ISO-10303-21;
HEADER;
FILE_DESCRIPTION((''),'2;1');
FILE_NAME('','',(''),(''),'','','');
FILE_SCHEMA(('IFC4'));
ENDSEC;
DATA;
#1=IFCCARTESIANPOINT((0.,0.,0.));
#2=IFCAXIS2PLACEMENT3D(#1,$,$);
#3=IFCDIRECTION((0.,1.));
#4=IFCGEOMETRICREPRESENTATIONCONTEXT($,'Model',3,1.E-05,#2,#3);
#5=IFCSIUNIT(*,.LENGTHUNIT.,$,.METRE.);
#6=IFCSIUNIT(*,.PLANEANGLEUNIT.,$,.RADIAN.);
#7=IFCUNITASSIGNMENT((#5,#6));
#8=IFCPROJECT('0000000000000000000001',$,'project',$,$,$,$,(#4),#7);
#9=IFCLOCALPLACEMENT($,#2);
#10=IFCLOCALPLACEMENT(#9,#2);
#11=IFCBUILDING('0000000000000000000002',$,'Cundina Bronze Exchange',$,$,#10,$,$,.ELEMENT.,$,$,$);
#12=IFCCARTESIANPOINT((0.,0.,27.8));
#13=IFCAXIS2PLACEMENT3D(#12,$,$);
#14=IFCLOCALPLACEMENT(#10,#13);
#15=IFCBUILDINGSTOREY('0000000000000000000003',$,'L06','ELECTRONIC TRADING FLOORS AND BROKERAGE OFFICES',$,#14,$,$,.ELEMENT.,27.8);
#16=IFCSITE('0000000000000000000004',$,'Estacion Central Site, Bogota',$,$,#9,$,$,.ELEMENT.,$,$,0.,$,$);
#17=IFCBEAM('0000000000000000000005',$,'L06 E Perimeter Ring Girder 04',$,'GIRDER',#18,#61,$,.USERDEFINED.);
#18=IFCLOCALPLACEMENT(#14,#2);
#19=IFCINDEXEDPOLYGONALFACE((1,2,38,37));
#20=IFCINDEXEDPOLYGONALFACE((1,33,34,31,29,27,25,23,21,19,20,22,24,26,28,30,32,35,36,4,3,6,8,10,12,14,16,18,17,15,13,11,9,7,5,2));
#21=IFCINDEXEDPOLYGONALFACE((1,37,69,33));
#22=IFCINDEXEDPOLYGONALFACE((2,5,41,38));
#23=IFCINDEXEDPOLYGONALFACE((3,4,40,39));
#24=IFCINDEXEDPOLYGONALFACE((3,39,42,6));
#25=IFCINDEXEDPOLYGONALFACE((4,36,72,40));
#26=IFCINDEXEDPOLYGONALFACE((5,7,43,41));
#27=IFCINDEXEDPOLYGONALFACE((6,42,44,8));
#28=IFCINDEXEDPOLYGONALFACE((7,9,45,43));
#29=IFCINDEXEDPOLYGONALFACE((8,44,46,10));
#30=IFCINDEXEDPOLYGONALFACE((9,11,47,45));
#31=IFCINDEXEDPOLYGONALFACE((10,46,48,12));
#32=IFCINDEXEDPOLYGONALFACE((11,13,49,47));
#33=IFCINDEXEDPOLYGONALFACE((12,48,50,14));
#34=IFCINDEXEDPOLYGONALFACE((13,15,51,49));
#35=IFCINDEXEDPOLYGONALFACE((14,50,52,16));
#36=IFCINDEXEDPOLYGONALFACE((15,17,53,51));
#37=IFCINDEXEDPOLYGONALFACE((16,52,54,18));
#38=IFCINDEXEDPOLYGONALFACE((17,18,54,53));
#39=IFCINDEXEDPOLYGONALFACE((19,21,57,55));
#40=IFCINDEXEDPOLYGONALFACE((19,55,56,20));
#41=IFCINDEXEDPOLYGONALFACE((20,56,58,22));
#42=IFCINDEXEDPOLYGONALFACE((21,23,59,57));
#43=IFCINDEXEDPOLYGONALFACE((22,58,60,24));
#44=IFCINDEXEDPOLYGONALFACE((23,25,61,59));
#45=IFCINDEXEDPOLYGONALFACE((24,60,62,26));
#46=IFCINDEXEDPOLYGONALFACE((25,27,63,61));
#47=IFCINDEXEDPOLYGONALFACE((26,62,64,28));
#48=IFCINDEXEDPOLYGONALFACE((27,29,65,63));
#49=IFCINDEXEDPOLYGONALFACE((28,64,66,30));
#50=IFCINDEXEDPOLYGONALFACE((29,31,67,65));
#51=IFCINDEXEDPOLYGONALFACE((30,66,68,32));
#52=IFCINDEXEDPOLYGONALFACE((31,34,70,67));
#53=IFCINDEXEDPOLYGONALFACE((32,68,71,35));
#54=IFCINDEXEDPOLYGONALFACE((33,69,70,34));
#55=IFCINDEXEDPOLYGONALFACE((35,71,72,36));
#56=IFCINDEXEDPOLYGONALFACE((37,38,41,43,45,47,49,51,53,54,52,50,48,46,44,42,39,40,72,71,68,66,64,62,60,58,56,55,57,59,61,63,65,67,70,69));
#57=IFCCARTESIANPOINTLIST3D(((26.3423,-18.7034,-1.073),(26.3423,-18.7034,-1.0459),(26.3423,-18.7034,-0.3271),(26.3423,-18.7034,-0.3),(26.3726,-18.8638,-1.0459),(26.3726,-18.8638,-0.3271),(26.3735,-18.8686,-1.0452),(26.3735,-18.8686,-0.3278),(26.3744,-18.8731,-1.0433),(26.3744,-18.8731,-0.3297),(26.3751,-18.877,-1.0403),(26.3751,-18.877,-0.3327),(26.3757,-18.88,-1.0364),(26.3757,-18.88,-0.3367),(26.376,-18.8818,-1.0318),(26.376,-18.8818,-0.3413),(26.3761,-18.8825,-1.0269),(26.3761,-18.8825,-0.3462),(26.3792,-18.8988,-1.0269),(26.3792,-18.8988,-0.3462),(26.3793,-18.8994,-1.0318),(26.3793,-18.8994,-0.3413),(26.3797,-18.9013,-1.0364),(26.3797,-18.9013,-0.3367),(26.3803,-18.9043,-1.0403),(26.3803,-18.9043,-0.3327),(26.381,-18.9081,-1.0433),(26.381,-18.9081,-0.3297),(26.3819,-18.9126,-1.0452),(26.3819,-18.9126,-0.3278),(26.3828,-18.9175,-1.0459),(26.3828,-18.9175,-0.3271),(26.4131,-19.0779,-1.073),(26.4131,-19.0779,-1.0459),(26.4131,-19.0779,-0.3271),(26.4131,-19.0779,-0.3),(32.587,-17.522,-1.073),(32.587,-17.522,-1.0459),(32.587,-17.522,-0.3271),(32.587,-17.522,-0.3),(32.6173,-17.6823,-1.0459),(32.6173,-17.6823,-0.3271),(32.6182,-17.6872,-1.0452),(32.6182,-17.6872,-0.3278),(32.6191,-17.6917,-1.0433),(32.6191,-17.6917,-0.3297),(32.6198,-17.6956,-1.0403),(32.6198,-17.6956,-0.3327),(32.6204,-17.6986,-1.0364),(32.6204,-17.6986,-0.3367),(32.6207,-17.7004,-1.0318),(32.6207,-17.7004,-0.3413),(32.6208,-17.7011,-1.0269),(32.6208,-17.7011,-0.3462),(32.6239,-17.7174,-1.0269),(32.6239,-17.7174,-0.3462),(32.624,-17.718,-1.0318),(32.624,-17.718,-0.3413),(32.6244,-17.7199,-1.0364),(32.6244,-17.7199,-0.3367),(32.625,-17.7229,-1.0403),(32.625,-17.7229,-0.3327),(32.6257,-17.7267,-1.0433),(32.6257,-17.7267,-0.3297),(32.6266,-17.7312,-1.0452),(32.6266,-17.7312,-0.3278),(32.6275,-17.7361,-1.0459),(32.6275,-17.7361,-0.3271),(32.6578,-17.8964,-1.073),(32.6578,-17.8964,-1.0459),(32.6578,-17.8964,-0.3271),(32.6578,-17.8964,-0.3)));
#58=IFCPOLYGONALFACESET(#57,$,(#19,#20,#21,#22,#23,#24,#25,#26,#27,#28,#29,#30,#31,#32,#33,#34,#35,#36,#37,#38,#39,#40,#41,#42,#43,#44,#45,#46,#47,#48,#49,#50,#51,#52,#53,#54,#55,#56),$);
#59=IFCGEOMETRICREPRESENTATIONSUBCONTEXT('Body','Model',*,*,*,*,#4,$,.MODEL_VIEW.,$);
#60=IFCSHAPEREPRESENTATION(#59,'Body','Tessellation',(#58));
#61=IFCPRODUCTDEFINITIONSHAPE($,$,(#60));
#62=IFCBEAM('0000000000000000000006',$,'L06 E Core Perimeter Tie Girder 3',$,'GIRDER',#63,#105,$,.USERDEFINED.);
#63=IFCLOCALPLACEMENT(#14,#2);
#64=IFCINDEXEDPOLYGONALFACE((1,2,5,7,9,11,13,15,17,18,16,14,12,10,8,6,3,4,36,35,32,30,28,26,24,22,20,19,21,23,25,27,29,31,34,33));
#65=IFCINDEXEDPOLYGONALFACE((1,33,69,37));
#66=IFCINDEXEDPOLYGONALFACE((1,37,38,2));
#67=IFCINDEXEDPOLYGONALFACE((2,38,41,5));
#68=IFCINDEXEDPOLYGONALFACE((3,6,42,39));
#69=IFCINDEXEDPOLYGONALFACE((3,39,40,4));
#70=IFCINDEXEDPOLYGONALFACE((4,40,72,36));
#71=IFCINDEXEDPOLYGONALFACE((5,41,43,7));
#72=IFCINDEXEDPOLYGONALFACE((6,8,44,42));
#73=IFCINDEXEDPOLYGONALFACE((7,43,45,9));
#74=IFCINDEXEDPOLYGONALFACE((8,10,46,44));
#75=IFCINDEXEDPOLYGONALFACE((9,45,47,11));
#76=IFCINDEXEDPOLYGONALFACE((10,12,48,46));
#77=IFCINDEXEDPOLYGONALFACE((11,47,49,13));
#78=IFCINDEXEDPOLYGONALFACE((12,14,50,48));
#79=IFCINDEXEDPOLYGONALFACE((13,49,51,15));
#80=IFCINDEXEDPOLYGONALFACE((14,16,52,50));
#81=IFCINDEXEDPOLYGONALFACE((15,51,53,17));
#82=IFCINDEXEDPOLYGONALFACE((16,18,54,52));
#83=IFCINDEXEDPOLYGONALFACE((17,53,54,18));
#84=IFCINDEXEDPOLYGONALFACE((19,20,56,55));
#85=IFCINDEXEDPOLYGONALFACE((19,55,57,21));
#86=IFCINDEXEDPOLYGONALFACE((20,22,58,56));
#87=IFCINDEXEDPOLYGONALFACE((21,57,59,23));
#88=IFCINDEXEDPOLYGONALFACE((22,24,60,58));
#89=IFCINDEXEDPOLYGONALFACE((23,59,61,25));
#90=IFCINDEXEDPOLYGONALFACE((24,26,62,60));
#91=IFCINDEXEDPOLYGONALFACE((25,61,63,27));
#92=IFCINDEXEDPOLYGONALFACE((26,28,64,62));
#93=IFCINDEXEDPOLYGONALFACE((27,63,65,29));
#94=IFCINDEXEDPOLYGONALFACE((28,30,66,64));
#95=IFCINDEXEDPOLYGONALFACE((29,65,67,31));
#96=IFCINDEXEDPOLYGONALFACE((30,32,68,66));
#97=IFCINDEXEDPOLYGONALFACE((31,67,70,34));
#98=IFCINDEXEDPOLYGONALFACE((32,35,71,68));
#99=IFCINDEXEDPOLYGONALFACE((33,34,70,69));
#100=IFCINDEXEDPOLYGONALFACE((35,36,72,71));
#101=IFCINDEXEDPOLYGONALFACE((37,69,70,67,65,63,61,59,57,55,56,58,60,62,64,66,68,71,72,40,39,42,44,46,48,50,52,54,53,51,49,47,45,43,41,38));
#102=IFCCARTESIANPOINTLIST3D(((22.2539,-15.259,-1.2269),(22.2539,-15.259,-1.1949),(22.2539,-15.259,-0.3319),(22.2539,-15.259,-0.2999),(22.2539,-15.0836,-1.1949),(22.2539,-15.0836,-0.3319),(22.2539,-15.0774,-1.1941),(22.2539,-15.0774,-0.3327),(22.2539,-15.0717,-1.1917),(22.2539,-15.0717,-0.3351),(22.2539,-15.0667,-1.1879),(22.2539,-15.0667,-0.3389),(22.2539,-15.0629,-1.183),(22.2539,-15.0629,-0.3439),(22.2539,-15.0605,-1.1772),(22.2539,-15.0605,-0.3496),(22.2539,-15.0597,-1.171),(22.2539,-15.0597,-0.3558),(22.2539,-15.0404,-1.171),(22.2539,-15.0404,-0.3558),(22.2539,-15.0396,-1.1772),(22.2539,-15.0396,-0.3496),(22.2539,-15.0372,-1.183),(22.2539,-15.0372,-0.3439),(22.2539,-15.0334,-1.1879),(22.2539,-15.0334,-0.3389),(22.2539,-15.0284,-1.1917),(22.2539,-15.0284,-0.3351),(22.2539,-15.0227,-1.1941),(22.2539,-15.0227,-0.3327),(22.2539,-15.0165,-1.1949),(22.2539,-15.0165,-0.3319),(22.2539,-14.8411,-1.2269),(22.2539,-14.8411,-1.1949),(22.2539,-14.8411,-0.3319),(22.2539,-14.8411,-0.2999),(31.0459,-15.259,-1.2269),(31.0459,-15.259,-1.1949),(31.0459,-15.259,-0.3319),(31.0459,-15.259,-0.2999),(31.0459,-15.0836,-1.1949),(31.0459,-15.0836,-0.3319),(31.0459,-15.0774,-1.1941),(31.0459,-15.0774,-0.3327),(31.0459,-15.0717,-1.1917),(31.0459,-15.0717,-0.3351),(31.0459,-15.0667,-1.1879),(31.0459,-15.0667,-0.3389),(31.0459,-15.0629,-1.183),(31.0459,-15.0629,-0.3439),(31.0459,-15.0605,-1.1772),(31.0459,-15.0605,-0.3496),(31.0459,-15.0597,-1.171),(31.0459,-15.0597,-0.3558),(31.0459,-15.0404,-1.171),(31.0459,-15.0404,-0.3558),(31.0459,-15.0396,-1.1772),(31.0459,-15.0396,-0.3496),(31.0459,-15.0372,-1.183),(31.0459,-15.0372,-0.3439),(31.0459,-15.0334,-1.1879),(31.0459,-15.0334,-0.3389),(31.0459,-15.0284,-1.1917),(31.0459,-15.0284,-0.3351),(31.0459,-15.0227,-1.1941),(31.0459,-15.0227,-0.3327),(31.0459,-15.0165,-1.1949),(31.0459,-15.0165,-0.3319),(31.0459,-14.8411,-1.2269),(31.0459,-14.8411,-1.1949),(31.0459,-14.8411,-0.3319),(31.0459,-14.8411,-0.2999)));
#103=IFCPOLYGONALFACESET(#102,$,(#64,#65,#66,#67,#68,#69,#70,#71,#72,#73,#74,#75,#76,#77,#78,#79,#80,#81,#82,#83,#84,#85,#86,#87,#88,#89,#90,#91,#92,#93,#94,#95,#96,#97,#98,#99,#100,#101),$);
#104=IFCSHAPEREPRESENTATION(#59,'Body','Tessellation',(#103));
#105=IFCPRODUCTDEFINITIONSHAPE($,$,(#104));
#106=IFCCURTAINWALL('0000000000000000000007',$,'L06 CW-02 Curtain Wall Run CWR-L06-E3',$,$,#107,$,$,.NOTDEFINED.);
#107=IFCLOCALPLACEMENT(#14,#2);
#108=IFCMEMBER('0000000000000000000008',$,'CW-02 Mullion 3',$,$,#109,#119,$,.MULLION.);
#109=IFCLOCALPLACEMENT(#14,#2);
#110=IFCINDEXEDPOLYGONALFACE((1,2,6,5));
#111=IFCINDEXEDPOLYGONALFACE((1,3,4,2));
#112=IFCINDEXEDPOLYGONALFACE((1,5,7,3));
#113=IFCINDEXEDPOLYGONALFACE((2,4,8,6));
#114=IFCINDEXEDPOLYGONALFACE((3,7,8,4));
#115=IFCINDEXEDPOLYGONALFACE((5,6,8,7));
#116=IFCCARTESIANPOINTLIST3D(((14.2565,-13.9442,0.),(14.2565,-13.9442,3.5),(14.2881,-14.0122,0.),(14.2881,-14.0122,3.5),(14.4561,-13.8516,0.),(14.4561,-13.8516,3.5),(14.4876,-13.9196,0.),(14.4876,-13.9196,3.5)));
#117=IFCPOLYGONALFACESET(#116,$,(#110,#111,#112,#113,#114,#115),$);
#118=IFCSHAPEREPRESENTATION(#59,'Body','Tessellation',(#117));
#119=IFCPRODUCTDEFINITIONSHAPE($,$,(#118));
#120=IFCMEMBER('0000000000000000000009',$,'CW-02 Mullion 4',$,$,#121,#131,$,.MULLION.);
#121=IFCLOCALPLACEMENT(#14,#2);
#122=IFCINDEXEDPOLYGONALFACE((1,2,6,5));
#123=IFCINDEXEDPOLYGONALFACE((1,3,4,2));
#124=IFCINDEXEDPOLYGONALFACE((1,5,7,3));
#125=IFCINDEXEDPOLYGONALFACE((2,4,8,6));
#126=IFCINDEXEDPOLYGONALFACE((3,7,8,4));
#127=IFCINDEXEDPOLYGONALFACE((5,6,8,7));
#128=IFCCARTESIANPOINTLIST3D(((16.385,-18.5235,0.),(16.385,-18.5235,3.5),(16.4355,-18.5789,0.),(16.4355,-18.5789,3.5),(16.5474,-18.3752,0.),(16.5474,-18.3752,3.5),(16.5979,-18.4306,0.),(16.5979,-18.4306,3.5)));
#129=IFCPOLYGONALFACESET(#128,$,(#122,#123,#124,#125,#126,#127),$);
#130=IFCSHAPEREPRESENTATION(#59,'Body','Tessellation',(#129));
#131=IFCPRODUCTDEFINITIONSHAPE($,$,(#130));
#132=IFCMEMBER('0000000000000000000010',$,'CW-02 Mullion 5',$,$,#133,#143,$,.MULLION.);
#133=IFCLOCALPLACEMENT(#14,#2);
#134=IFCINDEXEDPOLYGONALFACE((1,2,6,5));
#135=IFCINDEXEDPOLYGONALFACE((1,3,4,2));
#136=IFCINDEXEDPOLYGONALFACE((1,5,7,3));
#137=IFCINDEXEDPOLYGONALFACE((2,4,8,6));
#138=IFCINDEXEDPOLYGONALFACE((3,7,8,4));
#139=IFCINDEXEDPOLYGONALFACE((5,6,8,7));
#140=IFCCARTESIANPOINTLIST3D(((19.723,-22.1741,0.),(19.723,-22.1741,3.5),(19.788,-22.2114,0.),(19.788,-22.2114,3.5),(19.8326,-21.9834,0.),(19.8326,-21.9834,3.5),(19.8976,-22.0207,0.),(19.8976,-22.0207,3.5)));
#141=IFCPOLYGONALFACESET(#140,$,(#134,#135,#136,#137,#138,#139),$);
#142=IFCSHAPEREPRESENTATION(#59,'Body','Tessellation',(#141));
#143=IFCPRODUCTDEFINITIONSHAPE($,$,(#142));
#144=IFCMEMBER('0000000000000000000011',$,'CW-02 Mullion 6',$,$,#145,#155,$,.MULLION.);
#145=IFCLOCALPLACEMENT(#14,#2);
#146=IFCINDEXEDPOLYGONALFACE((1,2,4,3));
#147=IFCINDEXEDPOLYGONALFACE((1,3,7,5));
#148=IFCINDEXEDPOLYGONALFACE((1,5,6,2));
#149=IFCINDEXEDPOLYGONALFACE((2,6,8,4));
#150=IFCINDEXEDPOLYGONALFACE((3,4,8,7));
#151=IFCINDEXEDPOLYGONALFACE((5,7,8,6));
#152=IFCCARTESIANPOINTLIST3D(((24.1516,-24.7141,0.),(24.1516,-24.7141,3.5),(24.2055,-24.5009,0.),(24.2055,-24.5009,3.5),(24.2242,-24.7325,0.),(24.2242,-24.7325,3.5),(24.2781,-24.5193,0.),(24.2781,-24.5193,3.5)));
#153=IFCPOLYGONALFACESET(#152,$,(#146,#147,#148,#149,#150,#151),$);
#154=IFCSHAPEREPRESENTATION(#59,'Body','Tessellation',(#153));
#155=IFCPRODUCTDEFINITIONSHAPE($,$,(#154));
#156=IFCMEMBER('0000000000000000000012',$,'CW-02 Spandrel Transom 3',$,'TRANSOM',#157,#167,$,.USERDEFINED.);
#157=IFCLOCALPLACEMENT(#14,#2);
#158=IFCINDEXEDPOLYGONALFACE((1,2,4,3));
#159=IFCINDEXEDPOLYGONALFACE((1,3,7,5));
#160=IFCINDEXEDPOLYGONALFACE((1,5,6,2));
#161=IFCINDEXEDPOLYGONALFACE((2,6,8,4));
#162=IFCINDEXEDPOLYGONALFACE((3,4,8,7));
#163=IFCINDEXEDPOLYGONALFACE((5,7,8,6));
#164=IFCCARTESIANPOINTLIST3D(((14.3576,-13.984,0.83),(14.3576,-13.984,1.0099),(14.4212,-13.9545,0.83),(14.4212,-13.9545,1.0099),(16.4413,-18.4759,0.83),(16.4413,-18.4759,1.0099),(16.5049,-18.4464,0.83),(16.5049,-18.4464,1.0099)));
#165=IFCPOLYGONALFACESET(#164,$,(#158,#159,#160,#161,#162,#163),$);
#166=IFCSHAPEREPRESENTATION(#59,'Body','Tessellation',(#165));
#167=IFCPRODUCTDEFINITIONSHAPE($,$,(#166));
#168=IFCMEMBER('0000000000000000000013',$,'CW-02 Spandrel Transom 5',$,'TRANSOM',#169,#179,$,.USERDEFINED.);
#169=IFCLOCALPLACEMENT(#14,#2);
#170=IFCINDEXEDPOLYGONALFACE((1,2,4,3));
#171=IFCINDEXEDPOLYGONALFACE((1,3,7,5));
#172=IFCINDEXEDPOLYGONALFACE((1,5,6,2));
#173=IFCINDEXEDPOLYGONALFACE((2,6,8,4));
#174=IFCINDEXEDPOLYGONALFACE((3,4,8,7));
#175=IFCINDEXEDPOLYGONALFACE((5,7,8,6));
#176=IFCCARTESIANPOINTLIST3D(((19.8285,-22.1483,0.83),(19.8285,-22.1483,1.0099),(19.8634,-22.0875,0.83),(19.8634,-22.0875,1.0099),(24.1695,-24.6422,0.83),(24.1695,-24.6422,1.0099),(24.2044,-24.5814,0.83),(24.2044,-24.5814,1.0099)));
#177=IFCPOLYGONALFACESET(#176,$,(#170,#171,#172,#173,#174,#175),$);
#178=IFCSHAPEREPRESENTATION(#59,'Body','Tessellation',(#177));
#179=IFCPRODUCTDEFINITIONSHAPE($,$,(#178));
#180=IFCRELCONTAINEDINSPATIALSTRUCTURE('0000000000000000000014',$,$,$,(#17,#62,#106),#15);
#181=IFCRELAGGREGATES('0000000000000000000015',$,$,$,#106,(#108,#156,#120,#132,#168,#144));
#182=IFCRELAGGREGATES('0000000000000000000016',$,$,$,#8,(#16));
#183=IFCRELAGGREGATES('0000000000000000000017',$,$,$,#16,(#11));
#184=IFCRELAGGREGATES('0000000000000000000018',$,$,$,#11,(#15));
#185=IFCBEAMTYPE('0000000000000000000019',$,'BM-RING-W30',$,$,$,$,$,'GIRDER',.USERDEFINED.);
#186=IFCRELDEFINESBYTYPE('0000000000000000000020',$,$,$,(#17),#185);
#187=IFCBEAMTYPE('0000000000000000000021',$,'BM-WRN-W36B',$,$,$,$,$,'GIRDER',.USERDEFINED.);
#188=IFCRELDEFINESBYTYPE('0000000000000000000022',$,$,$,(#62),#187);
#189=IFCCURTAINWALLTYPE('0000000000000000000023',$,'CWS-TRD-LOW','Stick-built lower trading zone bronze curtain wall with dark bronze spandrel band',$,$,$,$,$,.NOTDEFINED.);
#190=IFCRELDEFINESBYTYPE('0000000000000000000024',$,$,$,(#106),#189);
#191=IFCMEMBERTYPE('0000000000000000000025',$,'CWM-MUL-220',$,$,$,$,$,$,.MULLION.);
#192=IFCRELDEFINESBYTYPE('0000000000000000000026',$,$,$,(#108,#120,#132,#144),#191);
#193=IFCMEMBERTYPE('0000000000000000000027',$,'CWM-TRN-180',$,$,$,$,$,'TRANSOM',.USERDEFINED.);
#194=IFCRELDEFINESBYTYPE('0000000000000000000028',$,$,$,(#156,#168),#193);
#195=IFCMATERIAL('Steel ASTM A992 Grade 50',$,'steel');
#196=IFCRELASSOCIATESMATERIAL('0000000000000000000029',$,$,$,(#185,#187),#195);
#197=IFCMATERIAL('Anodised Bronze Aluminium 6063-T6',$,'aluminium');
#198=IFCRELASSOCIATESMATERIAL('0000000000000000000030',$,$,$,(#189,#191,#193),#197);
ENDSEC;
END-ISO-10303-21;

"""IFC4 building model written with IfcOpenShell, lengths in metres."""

from ifc_helpers import new_model, si_unit, direction, frame, origin, origin_2d, place, context, subcontext, project, spatial, rectangle, i_section, extrude, material, material_profile, profile_set, type_object, element, aggregate, save


model = new_model("IFC4")

# Units and contexts
model_context = context("Model", 3, precision=1e-05, world=origin(), true_north=direction((0.0, 1.0)))
body_context = subcontext(model_context, "Body", "Model", "MODEL_VIEW")
ifc_project = project(units=[si_unit("LENGTHUNIT", "METRE"), si_unit("PLANEANGLEUNIT", "RADIAN")], contexts=[model_context])

# Site, building, storey
site_placement = place(None, origin())
site = spatial("IfcSite", under=ifc_project, at=site_placement, Name="Estacion Central Site, Bogota", CompositionType="ELEMENT", RefElevation=0.0)
building_placement = place(site_placement, origin())
building = spatial("IfcBuilding", under=site, at=building_placement, Name="Cundina Bronze Exchange", CompositionType="ELEMENT")
storey_placement = place(building_placement, frame((0.0, 0.0, 27.8)))
storey = spatial("IfcBuildingStorey", under=building, at=storey_placement, Name="L06", Description="ELECTRONIC TRADING FLOORS AND BROKERAGE OFFICES", CompositionType="ELEMENT", Elevation=27.8)

# Shared definitions
ifc_material_1 = material(Name="Steel ASTM A992 Grade 50", Category="steel")

# Beams
ifc_material_profile_1 = material_profile(ifc_material_1, i_section(OverallWidth=0.3811, OverallDepth=0.7729, WebThickness=0.0166, FlangeThickness=0.0271, FilletRadius=0.019, at=origin_2d()), Name="W30X173", Category="steel")
ifc_profile_set_1 = profile_set([ifc_material_profile_1], Name="Steel ASTM A992 Grade 50")
beam_type_1 = type_object("IfcBeamType", Name="BM-RING-W30", ElementType="GIRDER", PredefinedType="USERDEFINED", material=ifc_profile_set_1)
beam_1_placement = place(storey_placement, frame((26.3777, -18.8906, -0.6865), z_axis=(0.982571, 0.185889, 0.0), x_axis=(-0.185889, 0.982571, 0.0)))
element("IfcBeam", 1, at=beam_1_placement, inside=storey, type_object=beam_type_1, Name="L06 E Perimeter Ring Girder 04", ObjectType="GIRDER", PredefinedType="USERDEFINED", context=body_context, shape_type="SweptSolid", body=[
    extrude(i_section(OverallWidth=0.3811, OverallDepth=0.7729, WebThickness=0.0166, FlangeThickness=0.0271, FilletRadius=0.019, at=origin_2d()), origin(), (0.0, 0.0, 1.0), 6.3555),
])
ifc_material_profile_2 = material_profile(ifc_material_1, i_section(OverallWidth=0.418, OverallDepth=0.927, WebThickness=0.0193, FlangeThickness=0.032, FilletRadius=0.0239, at=origin_2d()), Name="W36X231", Category="steel")
ifc_profile_set_2 = profile_set([ifc_material_profile_2], Name="Steel ASTM A992 Grade 50")
beam_type_2 = type_object("IfcBeamType", Name="BM-WRN-W36B", ElementType="GIRDER", PredefinedType="USERDEFINED", material=ifc_profile_set_2)
beam_2_placement = place(storey_placement, frame((22.2539, -15.05, -0.7634), z_axis=(1.0, 0.0, 0.0), x_axis=(0.0, 1.0, 0.0)))
element("IfcBeam", 2, at=beam_2_placement, inside=storey, type_object=beam_type_2, Name="L06 E Core Perimeter Tie Girder 3", ObjectType="GIRDER", PredefinedType="USERDEFINED", context=body_context, shape_type="SweptSolid", body=[
    extrude(i_section(OverallWidth=0.418, OverallDepth=0.927, WebThickness=0.0193, FlangeThickness=0.032, FilletRadius=0.0239, at=origin_2d()), origin(), (0.0, 0.0, 1.0), 8.792),
])

# Curtain wall, members
ifc_material_2 = material(Name="Anodised Bronze Aluminium 6063-T6", Category="aluminium")
curtain_wall_type = type_object("IfcCurtainWallType", Name="CWS-TRD-LOW", Description="Stick-built lower trading zone bronze curtain wall with dark bronze spandrel band", PredefinedType="NOTDEFINED", material=ifc_material_2)
curtain_wall_placement = place(storey_placement, origin())
curtain_wall = element("IfcCurtainWall", 3, at=curtain_wall_placement, inside=storey, type_object=curtain_wall_type, Name="L06 CW-02 Curtain Wall Run CWR-L06-E3", PredefinedType="NOTDEFINED")
ifc_material_profile_3 = material_profile(ifc_material_2, rectangle(XDim=0.075, YDim=0.22, at=origin_2d()), Name="AL75X220", Category="aluminium")
ifc_profile_set_3 = profile_set([ifc_material_profile_3], Name="Anodised Bronze Aluminium 6063-T6")
member_type_1 = type_object("IfcMemberType", Name="CWM-MUL-220", PredefinedType="MULLION", material=ifc_profile_set_3)
member_1_placement = place(storey_placement, frame((14.3721, -13.9319, 0.0), z_axis=(0.0, 0.0, 1.0), x_axis=(0.420877, -0.907117, 0.0)))
member_1 = element("IfcMember", 4, at=member_1_placement, type_object=member_type_1, Name="CW-02 Mullion 3", PredefinedType="MULLION", context=body_context, shape_type="SweptSolid", body=[
    extrude(rectangle(XDim=0.075, YDim=0.22, at=origin_2d()), origin(), (0.0, 0.0, 1.0), 3.5),
])
member_2_placement = place(storey_placement, frame((16.4915, -18.4771, 0.0), z_axis=(0.0, 0.0, 1.0), x_axis=(0.674302, -0.738455, 0.0)))
member_2 = element("IfcMember", 5, at=member_2_placement, type_object=member_type_1, Name="CW-02 Mullion 4", PredefinedType="MULLION", context=body_context, shape_type="SweptSolid", body=[
    extrude(rectangle(XDim=0.075, YDim=0.22, at=origin_2d()), origin(), (0.0, 0.0, 1.0), 3.5),
])
member_3_placement = place(storey_placement, frame((19.8103, -22.0974, 0.0), z_axis=(0.0, 0.0, 1.0), x_axis=(0.867071, -0.498185, 0.0)))
member_3 = element("IfcMember", 6, at=member_3_placement, type_object=member_type_1, Name="CW-02 Mullion 5", PredefinedType="MULLION", context=body_context, shape_type="SweptSolid", body=[
    extrude(rectangle(XDim=0.075, YDim=0.22, at=origin_2d()), origin(), (0.0, 0.0, 1.0), 3.5),
])
member_4_placement = place(storey_placement, frame((24.2148, -24.6167, 0.0), z_axis=(0.0, 0.0, 1.0), x_axis=(0.969488, -0.245138, 0.0)))
member_4 = element("IfcMember", 7, at=member_4_placement, type_object=member_type_1, Name="CW-02 Mullion 6", PredefinedType="MULLION", context=body_context, shape_type="SweptSolid", body=[
    extrude(rectangle(XDim=0.075, YDim=0.22, at=origin_2d()), origin(), (0.0, 0.0, 1.0), 3.5),
])
ifc_material_profile_4 = material_profile(ifc_material_2, rectangle(XDim=0.0701, YDim=0.1799, at=origin_2d()), Name="AL70X180", Category="aluminium")
ifc_profile_set_4 = profile_set([ifc_material_profile_4], Name="Anodised Bronze Aluminium 6063-T6")
member_type_2 = type_object("IfcMemberType", Name="CWM-TRN-180", ElementType="TRANSOM", PredefinedType="USERDEFINED", material=ifc_profile_set_4)
member_5_placement = place(storey_placement, frame((14.3894, -13.9692, 0.9199), z_axis=(0.420811, -0.907148, 0.0), x_axis=(0.907148, 0.420811, 0.0)))
member_5 = element("IfcMember", 8, at=member_5_placement, type_object=member_type_2, Name="CW-02 Spandrel Transom 3", ObjectType="TRANSOM", PredefinedType="USERDEFINED", context=body_context, shape_type="SweptSolid", body=[
    extrude(rectangle(XDim=0.0701, YDim=0.1799, at=origin_2d()), origin(), (0.0, 0.0, 1.0), 4.9517),
])
member_6_placement = place(storey_placement, frame((19.8459, -22.1179, 0.9199), z_axis=(0.867097, -0.498139, 0.0), x_axis=(0.498139, 0.867097, 0.0)))
member_6 = element("IfcMember", 9, at=member_6_placement, type_object=member_type_2, Name="CW-02 Spandrel Transom 5", ObjectType="TRANSOM", PredefinedType="USERDEFINED", context=body_context, shape_type="SweptSolid", body=[
    extrude(rectangle(XDim=0.0701, YDim=0.1799, at=origin_2d()), origin(), (0.0, 0.0, 1.0), 5.0063),
])
aggregate(curtain_wall, [member_1, member_5, member_2, member_3, member_6, member_4])

save(model, "model.ifc")
